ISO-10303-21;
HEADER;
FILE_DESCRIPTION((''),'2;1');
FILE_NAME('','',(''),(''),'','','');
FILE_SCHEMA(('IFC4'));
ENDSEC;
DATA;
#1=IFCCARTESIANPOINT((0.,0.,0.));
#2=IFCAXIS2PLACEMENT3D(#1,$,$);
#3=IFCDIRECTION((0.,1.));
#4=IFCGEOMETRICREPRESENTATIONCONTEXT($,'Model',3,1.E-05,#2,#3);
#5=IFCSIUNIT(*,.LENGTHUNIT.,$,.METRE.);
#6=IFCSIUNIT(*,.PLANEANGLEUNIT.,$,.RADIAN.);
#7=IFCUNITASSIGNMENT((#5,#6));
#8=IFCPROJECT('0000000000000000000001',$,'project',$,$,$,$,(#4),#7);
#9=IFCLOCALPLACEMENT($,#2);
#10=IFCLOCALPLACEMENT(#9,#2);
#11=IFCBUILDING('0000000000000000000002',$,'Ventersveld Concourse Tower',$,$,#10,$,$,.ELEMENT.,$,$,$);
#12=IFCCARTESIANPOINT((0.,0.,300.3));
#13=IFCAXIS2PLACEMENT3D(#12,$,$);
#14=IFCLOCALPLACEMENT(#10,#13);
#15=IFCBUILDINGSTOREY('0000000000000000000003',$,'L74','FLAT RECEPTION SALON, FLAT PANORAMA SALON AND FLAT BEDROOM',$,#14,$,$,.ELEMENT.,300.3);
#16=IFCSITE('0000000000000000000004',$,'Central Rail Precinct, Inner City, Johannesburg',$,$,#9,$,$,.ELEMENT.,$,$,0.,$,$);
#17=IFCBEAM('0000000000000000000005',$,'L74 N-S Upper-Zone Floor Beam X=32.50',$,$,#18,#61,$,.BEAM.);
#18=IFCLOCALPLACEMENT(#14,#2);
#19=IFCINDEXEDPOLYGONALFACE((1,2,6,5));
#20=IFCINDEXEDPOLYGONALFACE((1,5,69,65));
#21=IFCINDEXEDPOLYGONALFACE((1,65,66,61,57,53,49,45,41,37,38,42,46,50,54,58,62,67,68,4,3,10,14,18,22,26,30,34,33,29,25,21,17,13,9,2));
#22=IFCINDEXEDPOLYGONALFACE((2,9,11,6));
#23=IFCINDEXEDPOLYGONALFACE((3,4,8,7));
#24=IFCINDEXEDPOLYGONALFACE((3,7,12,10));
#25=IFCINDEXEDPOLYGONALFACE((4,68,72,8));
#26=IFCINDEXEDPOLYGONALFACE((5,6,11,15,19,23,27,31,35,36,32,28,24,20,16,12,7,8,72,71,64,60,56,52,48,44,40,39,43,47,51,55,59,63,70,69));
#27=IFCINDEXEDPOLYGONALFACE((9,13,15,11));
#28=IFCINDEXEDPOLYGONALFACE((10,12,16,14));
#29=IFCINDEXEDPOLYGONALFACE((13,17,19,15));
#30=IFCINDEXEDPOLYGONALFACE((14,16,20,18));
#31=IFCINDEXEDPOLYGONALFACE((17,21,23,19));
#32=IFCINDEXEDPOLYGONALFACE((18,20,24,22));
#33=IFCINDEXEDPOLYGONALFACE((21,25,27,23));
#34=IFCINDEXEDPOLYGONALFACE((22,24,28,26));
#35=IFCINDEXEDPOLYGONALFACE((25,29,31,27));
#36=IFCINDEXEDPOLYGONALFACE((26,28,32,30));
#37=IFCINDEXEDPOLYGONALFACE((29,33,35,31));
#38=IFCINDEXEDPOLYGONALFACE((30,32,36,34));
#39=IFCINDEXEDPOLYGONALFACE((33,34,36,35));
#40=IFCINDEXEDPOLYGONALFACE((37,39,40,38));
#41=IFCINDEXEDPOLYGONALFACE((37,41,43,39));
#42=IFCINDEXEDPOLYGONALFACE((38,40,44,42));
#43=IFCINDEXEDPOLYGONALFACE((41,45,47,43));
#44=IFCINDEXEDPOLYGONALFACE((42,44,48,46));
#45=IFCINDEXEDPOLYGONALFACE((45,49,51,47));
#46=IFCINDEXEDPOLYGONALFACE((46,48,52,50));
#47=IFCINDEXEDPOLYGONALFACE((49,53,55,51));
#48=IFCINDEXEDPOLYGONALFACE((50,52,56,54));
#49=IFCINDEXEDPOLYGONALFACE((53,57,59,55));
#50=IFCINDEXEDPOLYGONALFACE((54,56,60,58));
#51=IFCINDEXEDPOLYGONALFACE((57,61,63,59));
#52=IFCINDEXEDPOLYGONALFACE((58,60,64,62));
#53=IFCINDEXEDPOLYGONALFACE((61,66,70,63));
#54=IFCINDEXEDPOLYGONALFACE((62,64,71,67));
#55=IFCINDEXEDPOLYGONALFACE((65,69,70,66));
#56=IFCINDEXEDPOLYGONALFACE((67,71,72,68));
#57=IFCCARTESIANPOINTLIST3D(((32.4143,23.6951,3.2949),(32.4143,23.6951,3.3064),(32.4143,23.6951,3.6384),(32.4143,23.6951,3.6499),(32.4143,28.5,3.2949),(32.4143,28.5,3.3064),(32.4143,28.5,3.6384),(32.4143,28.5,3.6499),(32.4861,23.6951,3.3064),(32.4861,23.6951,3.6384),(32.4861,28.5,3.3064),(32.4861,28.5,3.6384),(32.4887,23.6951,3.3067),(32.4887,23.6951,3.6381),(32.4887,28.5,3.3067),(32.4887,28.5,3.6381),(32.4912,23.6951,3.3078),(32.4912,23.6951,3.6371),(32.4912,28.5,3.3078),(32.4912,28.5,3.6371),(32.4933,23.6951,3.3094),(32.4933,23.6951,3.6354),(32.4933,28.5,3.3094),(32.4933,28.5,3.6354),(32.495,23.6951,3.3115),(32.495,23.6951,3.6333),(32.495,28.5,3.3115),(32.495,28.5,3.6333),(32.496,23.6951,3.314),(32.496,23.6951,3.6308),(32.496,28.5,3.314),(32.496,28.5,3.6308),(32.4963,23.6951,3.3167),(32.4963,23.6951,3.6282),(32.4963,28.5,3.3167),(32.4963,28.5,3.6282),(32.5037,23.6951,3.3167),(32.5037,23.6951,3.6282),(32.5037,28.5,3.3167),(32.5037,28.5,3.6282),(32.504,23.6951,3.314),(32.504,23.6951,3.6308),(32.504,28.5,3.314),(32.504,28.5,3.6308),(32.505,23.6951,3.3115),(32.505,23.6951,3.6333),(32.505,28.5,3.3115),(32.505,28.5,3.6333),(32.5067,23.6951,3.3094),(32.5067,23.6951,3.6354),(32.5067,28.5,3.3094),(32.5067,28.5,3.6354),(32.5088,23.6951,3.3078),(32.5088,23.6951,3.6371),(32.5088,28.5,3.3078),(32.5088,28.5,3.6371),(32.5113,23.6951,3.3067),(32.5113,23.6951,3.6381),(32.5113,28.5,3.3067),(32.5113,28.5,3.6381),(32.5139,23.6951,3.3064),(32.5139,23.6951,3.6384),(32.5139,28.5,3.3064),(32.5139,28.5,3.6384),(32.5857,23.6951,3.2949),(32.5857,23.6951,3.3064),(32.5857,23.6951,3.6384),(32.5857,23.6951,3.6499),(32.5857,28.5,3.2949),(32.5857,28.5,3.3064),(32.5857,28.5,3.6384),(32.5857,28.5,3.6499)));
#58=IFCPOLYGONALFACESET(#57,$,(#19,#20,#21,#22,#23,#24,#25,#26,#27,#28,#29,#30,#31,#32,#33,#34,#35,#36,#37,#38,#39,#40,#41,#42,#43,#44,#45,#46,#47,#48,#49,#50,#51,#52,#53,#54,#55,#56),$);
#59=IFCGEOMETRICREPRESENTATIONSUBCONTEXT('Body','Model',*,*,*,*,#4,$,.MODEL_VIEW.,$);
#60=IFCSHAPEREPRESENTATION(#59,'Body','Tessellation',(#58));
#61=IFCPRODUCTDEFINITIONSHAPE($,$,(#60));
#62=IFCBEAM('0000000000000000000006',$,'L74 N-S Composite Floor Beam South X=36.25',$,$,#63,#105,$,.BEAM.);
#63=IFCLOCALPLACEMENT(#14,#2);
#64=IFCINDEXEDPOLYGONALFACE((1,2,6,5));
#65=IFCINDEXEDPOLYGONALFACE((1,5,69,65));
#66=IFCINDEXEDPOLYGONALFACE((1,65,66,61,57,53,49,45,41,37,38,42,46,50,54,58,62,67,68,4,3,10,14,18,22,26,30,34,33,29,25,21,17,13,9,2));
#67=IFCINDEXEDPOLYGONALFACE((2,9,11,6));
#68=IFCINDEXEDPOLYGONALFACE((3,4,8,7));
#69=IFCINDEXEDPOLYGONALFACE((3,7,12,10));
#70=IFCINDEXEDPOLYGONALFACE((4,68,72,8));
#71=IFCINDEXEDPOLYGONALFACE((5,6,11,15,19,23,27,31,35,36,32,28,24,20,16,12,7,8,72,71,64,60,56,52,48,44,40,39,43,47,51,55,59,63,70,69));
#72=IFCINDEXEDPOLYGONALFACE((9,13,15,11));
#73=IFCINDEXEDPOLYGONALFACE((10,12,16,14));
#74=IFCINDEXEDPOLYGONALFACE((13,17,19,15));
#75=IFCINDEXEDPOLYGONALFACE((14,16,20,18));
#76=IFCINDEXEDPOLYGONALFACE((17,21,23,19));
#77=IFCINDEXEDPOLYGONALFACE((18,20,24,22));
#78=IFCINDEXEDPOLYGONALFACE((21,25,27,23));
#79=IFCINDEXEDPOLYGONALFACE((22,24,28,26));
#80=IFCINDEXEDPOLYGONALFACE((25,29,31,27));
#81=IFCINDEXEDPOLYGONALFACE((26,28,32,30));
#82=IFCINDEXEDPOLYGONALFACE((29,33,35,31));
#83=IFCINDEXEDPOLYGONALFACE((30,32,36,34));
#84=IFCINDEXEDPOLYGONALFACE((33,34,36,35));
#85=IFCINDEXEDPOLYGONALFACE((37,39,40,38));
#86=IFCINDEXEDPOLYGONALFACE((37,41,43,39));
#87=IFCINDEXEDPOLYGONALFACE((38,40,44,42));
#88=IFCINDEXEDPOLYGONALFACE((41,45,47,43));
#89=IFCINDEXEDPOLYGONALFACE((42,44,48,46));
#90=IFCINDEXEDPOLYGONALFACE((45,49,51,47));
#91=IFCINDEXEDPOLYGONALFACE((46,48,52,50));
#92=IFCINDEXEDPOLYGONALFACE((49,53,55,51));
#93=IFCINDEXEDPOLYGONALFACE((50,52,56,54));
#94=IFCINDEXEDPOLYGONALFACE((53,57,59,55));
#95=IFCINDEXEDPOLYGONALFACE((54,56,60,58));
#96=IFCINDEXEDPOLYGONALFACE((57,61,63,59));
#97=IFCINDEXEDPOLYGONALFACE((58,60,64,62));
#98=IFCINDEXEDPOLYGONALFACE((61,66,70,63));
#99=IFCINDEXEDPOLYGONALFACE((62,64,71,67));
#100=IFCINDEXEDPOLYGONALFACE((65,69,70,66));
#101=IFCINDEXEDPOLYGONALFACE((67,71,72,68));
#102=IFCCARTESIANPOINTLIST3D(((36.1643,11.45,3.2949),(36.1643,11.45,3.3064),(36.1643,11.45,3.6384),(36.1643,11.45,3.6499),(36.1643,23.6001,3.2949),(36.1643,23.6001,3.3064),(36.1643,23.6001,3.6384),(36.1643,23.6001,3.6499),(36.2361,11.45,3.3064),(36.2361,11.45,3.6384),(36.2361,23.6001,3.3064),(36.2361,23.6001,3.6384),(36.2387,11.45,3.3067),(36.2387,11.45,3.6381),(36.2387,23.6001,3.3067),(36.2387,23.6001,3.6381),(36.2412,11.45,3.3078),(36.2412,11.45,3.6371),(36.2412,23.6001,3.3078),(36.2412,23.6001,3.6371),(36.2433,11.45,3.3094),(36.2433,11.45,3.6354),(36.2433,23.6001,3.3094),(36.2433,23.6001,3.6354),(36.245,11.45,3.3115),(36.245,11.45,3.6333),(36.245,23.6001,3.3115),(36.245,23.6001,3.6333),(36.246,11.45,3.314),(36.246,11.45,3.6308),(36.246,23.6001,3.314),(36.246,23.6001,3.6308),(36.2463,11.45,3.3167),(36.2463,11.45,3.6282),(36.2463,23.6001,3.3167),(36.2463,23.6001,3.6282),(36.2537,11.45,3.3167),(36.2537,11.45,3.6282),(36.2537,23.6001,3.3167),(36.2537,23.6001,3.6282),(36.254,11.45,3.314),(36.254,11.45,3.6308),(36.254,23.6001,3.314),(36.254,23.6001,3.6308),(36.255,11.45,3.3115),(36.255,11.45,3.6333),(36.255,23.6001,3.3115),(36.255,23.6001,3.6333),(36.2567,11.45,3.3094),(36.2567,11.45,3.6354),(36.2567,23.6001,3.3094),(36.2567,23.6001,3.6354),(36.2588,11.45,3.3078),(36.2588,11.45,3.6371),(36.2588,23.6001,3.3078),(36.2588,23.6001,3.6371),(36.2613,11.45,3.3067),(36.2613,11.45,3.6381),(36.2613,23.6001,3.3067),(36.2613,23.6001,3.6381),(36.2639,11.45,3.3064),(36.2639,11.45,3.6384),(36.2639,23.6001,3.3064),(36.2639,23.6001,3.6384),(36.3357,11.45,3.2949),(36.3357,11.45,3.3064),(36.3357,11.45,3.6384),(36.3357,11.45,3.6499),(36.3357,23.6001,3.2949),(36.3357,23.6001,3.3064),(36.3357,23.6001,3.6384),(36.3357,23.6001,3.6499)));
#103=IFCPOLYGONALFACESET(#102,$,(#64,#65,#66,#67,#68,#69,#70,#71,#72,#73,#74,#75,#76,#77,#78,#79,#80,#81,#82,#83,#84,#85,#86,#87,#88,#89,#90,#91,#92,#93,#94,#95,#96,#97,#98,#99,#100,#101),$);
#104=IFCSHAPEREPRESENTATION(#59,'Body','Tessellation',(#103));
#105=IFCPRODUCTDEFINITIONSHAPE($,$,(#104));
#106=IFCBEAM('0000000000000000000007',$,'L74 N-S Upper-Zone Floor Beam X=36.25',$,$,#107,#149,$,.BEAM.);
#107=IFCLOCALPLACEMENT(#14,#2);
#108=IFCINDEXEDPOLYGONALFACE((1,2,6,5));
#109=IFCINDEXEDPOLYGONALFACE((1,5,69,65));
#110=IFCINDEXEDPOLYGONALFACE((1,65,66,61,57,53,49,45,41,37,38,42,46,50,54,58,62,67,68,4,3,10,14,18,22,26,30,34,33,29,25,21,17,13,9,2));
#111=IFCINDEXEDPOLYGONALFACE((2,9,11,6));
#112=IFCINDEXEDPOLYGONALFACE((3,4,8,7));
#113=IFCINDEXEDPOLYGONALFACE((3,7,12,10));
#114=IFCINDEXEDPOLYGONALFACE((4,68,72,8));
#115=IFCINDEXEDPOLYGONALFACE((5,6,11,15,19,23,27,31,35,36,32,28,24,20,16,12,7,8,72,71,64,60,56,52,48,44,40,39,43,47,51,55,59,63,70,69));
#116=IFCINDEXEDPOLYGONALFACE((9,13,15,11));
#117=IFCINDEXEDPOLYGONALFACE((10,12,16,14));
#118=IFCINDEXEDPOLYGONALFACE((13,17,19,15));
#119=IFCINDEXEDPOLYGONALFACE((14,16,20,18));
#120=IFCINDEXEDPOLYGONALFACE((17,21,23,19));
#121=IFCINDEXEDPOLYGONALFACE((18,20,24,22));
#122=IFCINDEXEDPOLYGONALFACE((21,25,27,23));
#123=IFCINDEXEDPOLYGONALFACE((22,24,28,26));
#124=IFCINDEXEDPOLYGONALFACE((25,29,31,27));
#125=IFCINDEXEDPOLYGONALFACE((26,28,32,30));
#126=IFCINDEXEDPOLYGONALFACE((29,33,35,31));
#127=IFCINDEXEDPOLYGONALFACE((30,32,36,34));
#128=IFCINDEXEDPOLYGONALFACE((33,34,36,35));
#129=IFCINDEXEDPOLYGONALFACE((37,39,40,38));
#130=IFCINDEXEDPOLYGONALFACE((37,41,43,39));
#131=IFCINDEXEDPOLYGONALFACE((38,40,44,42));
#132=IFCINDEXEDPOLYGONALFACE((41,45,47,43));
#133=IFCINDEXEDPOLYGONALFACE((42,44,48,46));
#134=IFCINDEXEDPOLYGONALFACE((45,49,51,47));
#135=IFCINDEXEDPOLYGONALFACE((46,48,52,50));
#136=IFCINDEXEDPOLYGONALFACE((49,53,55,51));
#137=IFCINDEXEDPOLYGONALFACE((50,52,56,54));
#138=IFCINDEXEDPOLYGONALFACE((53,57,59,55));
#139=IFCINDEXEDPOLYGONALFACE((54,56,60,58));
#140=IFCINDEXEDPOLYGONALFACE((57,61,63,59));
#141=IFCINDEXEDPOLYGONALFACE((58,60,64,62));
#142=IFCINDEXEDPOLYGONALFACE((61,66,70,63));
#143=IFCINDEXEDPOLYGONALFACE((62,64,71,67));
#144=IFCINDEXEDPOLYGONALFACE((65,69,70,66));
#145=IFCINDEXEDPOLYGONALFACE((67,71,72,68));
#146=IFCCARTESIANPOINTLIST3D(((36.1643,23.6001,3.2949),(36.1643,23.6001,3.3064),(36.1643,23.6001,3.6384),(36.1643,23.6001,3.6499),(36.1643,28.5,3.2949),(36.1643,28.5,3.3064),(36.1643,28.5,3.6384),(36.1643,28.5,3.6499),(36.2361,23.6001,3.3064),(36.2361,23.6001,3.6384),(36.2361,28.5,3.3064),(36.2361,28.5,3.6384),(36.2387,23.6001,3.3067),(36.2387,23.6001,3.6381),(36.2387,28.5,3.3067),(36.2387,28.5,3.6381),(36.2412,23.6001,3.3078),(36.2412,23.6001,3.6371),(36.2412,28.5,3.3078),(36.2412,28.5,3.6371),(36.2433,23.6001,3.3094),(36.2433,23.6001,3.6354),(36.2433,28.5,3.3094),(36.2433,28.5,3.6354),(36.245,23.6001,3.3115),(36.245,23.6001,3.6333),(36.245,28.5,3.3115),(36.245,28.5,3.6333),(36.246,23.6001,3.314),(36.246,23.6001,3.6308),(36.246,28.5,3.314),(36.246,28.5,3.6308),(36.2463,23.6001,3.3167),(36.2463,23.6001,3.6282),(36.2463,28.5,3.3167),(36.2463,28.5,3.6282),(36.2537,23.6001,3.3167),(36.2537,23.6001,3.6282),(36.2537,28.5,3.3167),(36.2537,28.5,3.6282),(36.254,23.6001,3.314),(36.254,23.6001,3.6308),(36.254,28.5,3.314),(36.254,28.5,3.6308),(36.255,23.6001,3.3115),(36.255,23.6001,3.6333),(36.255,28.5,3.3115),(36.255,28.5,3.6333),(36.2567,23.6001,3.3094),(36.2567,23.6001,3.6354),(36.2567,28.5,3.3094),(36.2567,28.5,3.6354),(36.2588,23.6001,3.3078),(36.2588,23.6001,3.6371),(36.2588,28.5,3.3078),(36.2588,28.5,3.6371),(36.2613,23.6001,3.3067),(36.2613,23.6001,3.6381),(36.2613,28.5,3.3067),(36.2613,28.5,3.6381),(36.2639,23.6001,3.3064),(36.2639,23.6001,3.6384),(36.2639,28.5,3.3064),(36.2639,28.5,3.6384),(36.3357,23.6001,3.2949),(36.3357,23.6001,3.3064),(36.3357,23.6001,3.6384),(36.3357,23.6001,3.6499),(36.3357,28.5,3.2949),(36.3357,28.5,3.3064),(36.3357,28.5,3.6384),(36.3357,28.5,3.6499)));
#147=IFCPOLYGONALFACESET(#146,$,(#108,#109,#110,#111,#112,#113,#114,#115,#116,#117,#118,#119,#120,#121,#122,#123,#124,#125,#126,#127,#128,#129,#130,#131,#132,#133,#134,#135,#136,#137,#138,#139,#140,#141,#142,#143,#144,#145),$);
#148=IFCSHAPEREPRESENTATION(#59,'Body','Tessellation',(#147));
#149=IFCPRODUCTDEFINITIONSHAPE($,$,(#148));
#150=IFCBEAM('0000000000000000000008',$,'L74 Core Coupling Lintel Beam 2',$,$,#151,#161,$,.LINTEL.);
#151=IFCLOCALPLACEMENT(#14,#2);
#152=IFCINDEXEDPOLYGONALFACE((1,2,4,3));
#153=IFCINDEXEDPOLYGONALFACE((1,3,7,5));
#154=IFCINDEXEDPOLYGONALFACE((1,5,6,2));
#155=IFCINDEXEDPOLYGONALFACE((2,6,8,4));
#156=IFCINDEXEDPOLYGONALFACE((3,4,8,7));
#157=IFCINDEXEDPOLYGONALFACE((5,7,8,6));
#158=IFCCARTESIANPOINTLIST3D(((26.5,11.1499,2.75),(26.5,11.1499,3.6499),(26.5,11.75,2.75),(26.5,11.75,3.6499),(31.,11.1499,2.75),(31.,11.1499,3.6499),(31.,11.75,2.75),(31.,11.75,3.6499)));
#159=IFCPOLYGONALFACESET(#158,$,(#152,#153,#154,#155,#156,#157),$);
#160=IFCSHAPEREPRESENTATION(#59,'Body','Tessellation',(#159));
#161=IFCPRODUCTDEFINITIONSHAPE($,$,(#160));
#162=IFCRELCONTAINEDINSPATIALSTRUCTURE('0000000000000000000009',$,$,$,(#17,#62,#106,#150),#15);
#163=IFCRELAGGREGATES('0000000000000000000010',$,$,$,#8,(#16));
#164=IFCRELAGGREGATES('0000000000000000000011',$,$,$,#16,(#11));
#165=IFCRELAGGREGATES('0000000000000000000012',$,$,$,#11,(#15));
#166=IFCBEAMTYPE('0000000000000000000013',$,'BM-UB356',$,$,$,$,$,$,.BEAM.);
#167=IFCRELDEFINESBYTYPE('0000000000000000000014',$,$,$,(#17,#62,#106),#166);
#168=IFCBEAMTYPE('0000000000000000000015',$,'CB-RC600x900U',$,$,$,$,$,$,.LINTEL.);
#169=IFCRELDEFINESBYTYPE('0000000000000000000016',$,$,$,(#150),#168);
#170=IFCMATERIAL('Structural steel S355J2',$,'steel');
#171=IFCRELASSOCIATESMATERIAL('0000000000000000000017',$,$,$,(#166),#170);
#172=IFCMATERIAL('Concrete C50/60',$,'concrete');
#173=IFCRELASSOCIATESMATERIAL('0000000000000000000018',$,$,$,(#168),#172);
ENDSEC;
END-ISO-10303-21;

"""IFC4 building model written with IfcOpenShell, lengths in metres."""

from ifc_helpers import new_model, si_unit, direction, frame, origin, origin_2d, place, context, subcontext, project, spatial, rectangle, i_section, extrude, material, material_profile, profile_set, type_object, element, save


model = new_model("IFC4")

# Units and contexts
model_context = context("Model", 3, precision=1e-05, world=origin(), true_north=direction((0.0, 1.0)))
body_context = subcontext(model_context, "Body", "Model", "MODEL_VIEW")
ifc_project = project(units=[si_unit("LENGTHUNIT", "METRE"), si_unit("PLANEANGLEUNIT", "RADIAN")], contexts=[model_context])

# Site, building, storey
site_placement = place(None, origin())
site = spatial("IfcSite", under=ifc_project, at=site_placement, Name="Central Rail Precinct, Inner City, Johannesburg", CompositionType="ELEMENT", RefElevation=0.0)
building_placement = place(site_placement, origin())
building = spatial("IfcBuilding", under=site, at=building_placement, Name="Ventersveld Concourse Tower", CompositionType="ELEMENT")
storey_placement = place(building_placement, frame((0.0, 0.0, 300.3)))
storey = spatial("IfcBuildingStorey", under=building, at=storey_placement, Name="L74", Description="FLAT RECEPTION SALON, FLAT PANORAMA SALON AND FLAT BEDROOM", CompositionType="ELEMENT", Elevation=300.3)

# Shared definitions
ifc_material_1 = material(Name="Concrete C50/60", Category="concrete")

# Beams
ifc_material_2 = material(Name="Structural steel S355J2", Category="steel")
ifc_material_profile_1 = material_profile(ifc_material_2, i_section(OverallWidth=0.1714, OverallDepth=0.355, WebThickness=0.0073, FlangeThickness=0.0115, FilletRadius=0.0103, at=origin_2d()), Name="UB 356x171x51")
ifc_profile_set_1 = profile_set([ifc_material_profile_1], Name="Structural steel S355J2")
beam_type_1 = type_object("IfcBeamType", Name="BM-UB356", PredefinedType="BEAM", material=ifc_profile_set_1)
beam_1_placement = place(storey_placement, frame((32.5, 23.6951, 3.4724), z_axis=(0.0, 1.0, 0.0), x_axis=(-1.0, 0.0, 0.0)))
element("IfcBeam", 1, at=beam_1_placement, inside=storey, type_object=beam_type_1, Name="L74 N-S Upper-Zone Floor Beam X=32.50", PredefinedType="BEAM", context=body_context, shape_type="SweptSolid", body=[
    extrude(i_section(OverallWidth=0.1714, OverallDepth=0.355, WebThickness=0.0073, FlangeThickness=0.0115, FilletRadius=0.0103, at=origin_2d()), origin(), (0.0, 0.0, 1.0), 4.8049),
])
beam_2_placement = place(storey_placement, frame((36.25, 11.45, 3.4724), z_axis=(0.0, 1.0, 0.0), x_axis=(-1.0, 0.0, 0.0)))
element("IfcBeam", 2, at=beam_2_placement, inside=storey, type_object=beam_type_1, Name="L74 N-S Composite Floor Beam South X=36.25", PredefinedType="BEAM", context=body_context, shape_type="SweptSolid", body=[
    extrude(i_section(OverallWidth=0.1714, OverallDepth=0.355, WebThickness=0.0073, FlangeThickness=0.0115, FilletRadius=0.0103, at=origin_2d()), origin(), (0.0, 0.0, 1.0), 12.1501),
])
beam_3_placement = place(storey_placement, frame((36.25, 23.6001, 3.4724), z_axis=(0.0, 1.0, 0.0), x_axis=(-1.0, 0.0, 0.0)))
element("IfcBeam", 3, at=beam_3_placement, inside=storey, type_object=beam_type_1, Name="L74 N-S Upper-Zone Floor Beam X=36.25", PredefinedType="BEAM", context=body_context, shape_type="SweptSolid", body=[
    extrude(i_section(OverallWidth=0.1714, OverallDepth=0.355, WebThickness=0.0073, FlangeThickness=0.0115, FilletRadius=0.0103, at=origin_2d()), origin(), (0.0, 0.0, 1.0), 4.8999),
])
ifc_material_profile_2 = material_profile(ifc_material_1, rectangle(XDim=0.6001, YDim=0.8999, at=origin_2d()), Name="RC 600x900")
ifc_profile_set_2 = profile_set([ifc_material_profile_2], Name="Concrete C50/60")
beam_type_2 = type_object("IfcBeamType", Name="CB-RC600x900U", PredefinedType="LINTEL", material=ifc_profile_set_2)
beam_4_placement = place(storey_placement, frame((26.5, 11.45, 3.2), z_axis=(1.0, 0.0, 0.0), x_axis=(0.0, 1.0, 0.0)))
element("IfcBeam", 4, at=beam_4_placement, inside=storey, type_object=beam_type_2, Name="L74 Core Coupling Lintel Beam 2", PredefinedType="LINTEL", context=body_context, shape_type="SweptSolid", body=[
    extrude(rectangle(XDim=0.6001, YDim=0.8999, at=origin_2d()), origin(), (0.0, 0.0, 1.0), 4.5),
])

save(model, "model.ifc")
